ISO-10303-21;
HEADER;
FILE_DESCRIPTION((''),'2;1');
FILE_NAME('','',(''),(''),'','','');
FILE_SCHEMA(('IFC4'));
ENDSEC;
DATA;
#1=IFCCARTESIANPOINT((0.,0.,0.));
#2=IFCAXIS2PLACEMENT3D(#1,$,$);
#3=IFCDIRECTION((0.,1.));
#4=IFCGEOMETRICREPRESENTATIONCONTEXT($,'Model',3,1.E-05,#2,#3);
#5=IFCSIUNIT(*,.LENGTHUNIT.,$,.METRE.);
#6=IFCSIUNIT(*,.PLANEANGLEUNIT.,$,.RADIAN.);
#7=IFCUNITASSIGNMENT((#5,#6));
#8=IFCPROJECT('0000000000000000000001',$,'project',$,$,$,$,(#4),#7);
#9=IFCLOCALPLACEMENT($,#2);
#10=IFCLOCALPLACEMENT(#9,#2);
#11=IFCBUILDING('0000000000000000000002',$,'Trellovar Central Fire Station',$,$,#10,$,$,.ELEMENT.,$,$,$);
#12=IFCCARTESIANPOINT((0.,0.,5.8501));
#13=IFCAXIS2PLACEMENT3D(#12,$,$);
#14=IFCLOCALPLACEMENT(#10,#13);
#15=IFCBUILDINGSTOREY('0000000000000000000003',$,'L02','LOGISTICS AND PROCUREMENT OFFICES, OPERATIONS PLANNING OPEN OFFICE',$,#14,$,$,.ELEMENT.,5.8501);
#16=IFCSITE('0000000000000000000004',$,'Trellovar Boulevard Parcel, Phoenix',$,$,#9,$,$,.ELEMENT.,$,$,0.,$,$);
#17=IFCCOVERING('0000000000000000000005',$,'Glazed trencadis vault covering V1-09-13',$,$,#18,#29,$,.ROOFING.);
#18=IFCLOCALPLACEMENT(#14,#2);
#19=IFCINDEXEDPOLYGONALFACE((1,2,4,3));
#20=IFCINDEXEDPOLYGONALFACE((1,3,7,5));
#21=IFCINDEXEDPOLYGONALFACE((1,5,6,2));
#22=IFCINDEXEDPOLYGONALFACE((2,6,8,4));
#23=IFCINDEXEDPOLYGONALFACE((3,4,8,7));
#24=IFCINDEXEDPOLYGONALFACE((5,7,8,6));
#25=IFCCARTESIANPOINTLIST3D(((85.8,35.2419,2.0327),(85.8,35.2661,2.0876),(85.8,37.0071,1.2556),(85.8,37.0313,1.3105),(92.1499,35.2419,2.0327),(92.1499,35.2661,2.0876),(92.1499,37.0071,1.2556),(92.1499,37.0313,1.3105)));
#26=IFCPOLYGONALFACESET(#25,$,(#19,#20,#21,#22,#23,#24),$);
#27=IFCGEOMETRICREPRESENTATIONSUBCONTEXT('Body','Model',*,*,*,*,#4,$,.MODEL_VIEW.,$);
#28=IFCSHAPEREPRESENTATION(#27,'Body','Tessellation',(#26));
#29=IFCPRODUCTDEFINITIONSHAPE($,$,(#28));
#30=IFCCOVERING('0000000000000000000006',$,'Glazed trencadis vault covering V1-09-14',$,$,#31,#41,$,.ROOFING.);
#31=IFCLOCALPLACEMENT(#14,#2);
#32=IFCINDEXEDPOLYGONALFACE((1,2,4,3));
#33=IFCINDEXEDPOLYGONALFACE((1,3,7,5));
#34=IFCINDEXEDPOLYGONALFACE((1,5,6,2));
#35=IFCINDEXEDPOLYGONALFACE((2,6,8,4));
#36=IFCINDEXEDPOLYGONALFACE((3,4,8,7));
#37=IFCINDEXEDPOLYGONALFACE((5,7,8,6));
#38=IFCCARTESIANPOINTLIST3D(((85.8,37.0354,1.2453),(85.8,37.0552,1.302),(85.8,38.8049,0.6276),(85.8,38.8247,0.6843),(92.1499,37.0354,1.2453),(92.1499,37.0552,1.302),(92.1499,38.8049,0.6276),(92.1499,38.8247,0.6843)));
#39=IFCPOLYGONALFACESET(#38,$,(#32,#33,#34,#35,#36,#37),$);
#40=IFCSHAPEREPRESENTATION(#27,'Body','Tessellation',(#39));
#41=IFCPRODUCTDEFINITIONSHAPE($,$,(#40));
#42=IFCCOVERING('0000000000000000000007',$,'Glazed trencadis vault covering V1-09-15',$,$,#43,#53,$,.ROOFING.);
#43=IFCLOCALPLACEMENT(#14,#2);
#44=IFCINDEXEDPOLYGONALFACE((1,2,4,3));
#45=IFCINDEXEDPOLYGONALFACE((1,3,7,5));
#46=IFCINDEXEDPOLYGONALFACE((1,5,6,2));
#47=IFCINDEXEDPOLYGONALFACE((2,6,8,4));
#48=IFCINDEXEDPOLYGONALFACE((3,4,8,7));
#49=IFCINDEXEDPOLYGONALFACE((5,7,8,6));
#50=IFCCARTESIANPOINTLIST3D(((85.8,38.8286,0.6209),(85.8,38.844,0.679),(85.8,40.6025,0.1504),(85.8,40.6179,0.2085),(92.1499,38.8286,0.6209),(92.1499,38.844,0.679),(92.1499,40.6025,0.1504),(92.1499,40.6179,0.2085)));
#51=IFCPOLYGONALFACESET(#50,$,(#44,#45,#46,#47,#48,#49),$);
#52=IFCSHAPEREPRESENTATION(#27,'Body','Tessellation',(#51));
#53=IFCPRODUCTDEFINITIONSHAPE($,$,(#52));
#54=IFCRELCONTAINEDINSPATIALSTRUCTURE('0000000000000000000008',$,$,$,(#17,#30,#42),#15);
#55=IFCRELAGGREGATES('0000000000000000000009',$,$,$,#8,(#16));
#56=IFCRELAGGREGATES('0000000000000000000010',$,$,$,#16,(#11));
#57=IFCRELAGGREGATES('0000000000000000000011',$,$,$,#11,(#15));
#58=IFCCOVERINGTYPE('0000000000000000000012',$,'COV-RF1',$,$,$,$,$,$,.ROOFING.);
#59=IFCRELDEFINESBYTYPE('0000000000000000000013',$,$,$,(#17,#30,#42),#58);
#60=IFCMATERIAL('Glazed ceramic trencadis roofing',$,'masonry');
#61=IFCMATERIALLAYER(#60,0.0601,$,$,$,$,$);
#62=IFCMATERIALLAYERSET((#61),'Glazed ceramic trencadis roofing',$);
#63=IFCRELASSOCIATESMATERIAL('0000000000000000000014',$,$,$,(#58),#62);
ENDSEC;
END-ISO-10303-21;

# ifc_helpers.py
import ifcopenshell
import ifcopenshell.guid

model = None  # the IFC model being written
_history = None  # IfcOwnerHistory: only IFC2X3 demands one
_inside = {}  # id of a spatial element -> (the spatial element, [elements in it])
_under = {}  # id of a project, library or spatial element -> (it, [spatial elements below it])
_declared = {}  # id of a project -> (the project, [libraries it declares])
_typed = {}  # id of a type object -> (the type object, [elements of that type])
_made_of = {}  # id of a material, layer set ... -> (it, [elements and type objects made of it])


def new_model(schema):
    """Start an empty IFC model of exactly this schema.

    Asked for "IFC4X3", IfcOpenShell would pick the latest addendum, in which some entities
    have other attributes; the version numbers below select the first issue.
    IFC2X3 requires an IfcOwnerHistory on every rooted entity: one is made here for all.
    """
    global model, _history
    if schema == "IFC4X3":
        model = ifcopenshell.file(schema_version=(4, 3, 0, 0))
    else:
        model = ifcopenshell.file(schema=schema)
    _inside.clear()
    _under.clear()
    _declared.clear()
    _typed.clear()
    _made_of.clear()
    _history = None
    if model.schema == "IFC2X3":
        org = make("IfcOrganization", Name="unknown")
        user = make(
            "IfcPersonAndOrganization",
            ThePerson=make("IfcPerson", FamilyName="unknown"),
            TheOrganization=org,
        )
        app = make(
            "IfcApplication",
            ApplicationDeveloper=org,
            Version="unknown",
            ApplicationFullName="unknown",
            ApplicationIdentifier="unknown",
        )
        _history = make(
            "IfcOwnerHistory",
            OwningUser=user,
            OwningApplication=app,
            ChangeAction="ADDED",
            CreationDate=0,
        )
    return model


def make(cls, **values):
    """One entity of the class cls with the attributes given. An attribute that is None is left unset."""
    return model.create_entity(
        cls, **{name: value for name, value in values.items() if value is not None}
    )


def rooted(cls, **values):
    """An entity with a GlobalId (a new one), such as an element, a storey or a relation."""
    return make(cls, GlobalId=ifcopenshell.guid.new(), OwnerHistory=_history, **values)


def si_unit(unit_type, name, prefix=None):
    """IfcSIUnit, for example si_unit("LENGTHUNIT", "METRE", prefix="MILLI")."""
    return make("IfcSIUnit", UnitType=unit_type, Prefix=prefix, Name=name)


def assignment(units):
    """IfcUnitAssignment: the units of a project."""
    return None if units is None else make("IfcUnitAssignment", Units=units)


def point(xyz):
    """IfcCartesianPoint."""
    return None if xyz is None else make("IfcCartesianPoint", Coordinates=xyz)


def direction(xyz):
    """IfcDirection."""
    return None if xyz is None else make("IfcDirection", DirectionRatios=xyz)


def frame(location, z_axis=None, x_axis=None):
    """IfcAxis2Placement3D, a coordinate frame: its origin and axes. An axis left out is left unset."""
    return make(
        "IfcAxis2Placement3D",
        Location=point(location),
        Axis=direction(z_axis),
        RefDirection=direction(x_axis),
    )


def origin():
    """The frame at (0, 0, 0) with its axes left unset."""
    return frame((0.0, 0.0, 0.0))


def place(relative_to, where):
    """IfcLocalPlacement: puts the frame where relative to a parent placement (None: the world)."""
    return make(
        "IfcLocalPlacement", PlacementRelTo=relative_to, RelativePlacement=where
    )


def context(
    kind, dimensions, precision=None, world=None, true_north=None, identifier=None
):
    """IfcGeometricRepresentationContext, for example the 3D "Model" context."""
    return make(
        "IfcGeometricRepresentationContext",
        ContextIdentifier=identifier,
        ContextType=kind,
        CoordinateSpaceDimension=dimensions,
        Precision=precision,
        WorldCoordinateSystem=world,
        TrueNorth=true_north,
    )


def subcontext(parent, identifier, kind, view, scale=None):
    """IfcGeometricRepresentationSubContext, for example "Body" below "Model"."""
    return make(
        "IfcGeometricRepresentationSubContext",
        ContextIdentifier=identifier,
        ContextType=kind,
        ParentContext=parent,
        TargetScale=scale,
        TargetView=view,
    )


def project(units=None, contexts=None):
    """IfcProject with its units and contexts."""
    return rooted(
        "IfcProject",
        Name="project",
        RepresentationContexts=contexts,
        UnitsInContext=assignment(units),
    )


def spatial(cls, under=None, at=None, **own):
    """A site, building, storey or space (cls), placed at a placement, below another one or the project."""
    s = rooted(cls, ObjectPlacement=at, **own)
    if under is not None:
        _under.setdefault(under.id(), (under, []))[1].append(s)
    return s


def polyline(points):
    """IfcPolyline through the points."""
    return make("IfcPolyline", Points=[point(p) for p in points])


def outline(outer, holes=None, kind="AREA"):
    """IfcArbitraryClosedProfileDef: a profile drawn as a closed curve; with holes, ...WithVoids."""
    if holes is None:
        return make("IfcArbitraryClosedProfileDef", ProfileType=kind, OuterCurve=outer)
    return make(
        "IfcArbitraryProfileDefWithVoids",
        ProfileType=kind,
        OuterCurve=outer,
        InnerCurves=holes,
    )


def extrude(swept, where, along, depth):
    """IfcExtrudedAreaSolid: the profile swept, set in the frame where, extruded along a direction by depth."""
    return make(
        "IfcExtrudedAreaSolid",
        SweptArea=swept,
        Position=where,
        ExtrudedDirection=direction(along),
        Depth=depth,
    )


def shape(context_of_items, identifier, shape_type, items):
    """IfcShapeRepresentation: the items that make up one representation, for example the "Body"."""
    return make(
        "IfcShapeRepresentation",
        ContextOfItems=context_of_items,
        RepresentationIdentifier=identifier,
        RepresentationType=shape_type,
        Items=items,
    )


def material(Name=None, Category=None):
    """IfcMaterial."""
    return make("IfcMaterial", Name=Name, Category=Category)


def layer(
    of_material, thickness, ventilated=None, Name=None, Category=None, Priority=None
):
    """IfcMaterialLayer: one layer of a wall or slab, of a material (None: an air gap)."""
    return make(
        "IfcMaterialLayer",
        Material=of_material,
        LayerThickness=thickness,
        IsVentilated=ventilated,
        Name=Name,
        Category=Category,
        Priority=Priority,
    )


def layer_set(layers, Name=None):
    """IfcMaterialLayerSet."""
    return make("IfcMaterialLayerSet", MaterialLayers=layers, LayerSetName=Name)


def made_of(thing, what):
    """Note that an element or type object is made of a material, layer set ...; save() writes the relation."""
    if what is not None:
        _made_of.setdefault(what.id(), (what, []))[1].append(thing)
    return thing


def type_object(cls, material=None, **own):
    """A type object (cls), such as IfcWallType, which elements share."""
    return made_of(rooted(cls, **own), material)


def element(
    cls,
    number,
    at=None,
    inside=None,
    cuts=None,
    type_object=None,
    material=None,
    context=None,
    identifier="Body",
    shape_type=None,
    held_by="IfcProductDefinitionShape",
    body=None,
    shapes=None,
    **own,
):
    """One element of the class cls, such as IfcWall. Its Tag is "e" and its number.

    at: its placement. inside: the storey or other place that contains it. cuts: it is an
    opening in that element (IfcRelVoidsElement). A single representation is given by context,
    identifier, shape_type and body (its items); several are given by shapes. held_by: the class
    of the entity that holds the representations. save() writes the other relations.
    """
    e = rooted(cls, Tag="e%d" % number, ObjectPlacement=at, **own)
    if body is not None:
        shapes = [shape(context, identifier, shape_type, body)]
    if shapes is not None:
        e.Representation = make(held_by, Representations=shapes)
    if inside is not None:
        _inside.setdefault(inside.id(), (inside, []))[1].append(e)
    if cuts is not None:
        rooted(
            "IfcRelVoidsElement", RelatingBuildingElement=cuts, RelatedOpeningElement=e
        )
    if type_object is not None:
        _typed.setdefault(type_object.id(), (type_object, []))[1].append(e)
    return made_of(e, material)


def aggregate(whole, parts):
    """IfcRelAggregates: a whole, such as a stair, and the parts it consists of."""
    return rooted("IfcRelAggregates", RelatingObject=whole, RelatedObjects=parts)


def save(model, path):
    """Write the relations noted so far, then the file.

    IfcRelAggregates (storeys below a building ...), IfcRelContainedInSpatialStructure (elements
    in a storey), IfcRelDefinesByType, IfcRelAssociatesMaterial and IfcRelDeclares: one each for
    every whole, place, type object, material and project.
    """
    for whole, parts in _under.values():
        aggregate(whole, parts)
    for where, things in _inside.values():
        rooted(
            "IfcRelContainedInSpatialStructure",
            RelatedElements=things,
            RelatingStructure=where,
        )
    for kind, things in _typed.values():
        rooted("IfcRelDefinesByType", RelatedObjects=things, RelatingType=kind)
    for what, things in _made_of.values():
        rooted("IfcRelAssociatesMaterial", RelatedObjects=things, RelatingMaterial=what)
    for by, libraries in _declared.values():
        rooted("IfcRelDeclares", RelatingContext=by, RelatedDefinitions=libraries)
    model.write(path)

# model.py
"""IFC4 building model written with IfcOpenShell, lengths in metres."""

from ifc_helpers import new_model, si_unit, direction, frame, origin, place, context, subcontext, project, spatial, polyline, outline, extrude, material, layer, layer_set, type_object, element, save


model = new_model("IFC4")

# Units and contexts
model_context = context("Model", 3, precision=1e-05, world=origin(), true_north=direction((0.0, 1.0)))
body_context = subcontext(model_context, "Body", "Model", "MODEL_VIEW")
ifc_project = project(units=[si_unit("LENGTHUNIT", "METRE"), si_unit("PLANEANGLEUNIT", "RADIAN")], contexts=[model_context])

# Site, building, storey
site_placement = place(None, origin())
site = spatial("IfcSite", under=ifc_project, at=site_placement, Name="Trellovar Boulevard Parcel, Phoenix", CompositionType="ELEMENT", RefElevation=0.0)
building_placement = place(site_placement, origin())
building = spatial("IfcBuilding", under=site, at=building_placement, Name="Trellovar Central Fire Station", CompositionType="ELEMENT")
storey_placement = place(building_placement, frame((0.0, 0.0, 5.8501)))
storey = spatial("IfcBuildingStorey", under=building, at=storey_placement, Name="L02", Description="LOGISTICS AND PROCUREMENT OFFICES, OPERATIONS PLANNING OPEN OFFICE", CompositionType="ELEMENT", Elevation=5.8501)

# Coverings
ifc_material_1 = material(Name="Glazed ceramic trencadis roofing", Category="masonry")
ifc_layer_1 = layer(ifc_material_1, 0.0601)
ifc_layer_set_1 = layer_set([ifc_layer_1], Name="Glazed ceramic trencadis roofing")
covering_type = type_object("IfcCoveringType", Name="COV-RF1", PredefinedType="ROOFING", material=ifc_layer_set_1)
covering_1_placement = place(storey_placement, frame((85.8, 35.2661, 2.0876), z_axis=(0.0, 0.40293, 0.915231), x_axis=(1.0, 0.0, 0.0)))
element("IfcCovering", 1, at=covering_1_placement, inside=storey, type_object=covering_type, Name="Glazed trencadis vault covering V1-09-13", PredefinedType="ROOFING", context=body_context, shape_type="SweptSolid", body=[
    extrude(outline(polyline([(0.0, 0.0), (6.3499, 0.0), (6.3499, 1.9286), (0.0, 1.9286), (0.0, 0.0)])), origin(), (0.0, 0.0, -1.0), 0.0601),
])
covering_2_placement = place(storey_placement, frame((85.8, 37.0552, 1.302), z_axis=(0.0, 0.329561, 0.944134), x_axis=(1.0, 0.0, 0.0)))
element("IfcCovering", 2, at=covering_2_placement, inside=storey, type_object=covering_type, Name="Glazed trencadis vault covering V1-09-14", PredefinedType="ROOFING", context=body_context, shape_type="SweptSolid", body=[
    extrude(outline(polyline([(0.0, 0.0), (6.3499, 0.0), (6.3499, 1.8742), (0.0, 1.8742), (0.0, 0.0)])), origin(), (0.0, 0.0, -1.0), 0.0601),
])
covering_3_placement = place(storey_placement, frame((85.8, 38.844, 0.679), z_axis=(0.0, 0.256346, 0.966585), x_axis=(1.0, 0.0, 0.0)))
element("IfcCovering", 3, at=covering_3_placement, inside=storey, type_object=covering_type, Name="Glazed trencadis vault covering V1-09-15", PredefinedType="ROOFING", context=body_context, shape_type="SweptSolid", body=[
    extrude(outline(polyline([(0.0, 0.0), (6.3499, 0.0), (6.3499, 1.8353), (0.0, 1.8353), (0.0, 0.0)])), origin(), (0.0, 0.0, -1.0), 0.0601),
])

save(model, "model.ifc")
